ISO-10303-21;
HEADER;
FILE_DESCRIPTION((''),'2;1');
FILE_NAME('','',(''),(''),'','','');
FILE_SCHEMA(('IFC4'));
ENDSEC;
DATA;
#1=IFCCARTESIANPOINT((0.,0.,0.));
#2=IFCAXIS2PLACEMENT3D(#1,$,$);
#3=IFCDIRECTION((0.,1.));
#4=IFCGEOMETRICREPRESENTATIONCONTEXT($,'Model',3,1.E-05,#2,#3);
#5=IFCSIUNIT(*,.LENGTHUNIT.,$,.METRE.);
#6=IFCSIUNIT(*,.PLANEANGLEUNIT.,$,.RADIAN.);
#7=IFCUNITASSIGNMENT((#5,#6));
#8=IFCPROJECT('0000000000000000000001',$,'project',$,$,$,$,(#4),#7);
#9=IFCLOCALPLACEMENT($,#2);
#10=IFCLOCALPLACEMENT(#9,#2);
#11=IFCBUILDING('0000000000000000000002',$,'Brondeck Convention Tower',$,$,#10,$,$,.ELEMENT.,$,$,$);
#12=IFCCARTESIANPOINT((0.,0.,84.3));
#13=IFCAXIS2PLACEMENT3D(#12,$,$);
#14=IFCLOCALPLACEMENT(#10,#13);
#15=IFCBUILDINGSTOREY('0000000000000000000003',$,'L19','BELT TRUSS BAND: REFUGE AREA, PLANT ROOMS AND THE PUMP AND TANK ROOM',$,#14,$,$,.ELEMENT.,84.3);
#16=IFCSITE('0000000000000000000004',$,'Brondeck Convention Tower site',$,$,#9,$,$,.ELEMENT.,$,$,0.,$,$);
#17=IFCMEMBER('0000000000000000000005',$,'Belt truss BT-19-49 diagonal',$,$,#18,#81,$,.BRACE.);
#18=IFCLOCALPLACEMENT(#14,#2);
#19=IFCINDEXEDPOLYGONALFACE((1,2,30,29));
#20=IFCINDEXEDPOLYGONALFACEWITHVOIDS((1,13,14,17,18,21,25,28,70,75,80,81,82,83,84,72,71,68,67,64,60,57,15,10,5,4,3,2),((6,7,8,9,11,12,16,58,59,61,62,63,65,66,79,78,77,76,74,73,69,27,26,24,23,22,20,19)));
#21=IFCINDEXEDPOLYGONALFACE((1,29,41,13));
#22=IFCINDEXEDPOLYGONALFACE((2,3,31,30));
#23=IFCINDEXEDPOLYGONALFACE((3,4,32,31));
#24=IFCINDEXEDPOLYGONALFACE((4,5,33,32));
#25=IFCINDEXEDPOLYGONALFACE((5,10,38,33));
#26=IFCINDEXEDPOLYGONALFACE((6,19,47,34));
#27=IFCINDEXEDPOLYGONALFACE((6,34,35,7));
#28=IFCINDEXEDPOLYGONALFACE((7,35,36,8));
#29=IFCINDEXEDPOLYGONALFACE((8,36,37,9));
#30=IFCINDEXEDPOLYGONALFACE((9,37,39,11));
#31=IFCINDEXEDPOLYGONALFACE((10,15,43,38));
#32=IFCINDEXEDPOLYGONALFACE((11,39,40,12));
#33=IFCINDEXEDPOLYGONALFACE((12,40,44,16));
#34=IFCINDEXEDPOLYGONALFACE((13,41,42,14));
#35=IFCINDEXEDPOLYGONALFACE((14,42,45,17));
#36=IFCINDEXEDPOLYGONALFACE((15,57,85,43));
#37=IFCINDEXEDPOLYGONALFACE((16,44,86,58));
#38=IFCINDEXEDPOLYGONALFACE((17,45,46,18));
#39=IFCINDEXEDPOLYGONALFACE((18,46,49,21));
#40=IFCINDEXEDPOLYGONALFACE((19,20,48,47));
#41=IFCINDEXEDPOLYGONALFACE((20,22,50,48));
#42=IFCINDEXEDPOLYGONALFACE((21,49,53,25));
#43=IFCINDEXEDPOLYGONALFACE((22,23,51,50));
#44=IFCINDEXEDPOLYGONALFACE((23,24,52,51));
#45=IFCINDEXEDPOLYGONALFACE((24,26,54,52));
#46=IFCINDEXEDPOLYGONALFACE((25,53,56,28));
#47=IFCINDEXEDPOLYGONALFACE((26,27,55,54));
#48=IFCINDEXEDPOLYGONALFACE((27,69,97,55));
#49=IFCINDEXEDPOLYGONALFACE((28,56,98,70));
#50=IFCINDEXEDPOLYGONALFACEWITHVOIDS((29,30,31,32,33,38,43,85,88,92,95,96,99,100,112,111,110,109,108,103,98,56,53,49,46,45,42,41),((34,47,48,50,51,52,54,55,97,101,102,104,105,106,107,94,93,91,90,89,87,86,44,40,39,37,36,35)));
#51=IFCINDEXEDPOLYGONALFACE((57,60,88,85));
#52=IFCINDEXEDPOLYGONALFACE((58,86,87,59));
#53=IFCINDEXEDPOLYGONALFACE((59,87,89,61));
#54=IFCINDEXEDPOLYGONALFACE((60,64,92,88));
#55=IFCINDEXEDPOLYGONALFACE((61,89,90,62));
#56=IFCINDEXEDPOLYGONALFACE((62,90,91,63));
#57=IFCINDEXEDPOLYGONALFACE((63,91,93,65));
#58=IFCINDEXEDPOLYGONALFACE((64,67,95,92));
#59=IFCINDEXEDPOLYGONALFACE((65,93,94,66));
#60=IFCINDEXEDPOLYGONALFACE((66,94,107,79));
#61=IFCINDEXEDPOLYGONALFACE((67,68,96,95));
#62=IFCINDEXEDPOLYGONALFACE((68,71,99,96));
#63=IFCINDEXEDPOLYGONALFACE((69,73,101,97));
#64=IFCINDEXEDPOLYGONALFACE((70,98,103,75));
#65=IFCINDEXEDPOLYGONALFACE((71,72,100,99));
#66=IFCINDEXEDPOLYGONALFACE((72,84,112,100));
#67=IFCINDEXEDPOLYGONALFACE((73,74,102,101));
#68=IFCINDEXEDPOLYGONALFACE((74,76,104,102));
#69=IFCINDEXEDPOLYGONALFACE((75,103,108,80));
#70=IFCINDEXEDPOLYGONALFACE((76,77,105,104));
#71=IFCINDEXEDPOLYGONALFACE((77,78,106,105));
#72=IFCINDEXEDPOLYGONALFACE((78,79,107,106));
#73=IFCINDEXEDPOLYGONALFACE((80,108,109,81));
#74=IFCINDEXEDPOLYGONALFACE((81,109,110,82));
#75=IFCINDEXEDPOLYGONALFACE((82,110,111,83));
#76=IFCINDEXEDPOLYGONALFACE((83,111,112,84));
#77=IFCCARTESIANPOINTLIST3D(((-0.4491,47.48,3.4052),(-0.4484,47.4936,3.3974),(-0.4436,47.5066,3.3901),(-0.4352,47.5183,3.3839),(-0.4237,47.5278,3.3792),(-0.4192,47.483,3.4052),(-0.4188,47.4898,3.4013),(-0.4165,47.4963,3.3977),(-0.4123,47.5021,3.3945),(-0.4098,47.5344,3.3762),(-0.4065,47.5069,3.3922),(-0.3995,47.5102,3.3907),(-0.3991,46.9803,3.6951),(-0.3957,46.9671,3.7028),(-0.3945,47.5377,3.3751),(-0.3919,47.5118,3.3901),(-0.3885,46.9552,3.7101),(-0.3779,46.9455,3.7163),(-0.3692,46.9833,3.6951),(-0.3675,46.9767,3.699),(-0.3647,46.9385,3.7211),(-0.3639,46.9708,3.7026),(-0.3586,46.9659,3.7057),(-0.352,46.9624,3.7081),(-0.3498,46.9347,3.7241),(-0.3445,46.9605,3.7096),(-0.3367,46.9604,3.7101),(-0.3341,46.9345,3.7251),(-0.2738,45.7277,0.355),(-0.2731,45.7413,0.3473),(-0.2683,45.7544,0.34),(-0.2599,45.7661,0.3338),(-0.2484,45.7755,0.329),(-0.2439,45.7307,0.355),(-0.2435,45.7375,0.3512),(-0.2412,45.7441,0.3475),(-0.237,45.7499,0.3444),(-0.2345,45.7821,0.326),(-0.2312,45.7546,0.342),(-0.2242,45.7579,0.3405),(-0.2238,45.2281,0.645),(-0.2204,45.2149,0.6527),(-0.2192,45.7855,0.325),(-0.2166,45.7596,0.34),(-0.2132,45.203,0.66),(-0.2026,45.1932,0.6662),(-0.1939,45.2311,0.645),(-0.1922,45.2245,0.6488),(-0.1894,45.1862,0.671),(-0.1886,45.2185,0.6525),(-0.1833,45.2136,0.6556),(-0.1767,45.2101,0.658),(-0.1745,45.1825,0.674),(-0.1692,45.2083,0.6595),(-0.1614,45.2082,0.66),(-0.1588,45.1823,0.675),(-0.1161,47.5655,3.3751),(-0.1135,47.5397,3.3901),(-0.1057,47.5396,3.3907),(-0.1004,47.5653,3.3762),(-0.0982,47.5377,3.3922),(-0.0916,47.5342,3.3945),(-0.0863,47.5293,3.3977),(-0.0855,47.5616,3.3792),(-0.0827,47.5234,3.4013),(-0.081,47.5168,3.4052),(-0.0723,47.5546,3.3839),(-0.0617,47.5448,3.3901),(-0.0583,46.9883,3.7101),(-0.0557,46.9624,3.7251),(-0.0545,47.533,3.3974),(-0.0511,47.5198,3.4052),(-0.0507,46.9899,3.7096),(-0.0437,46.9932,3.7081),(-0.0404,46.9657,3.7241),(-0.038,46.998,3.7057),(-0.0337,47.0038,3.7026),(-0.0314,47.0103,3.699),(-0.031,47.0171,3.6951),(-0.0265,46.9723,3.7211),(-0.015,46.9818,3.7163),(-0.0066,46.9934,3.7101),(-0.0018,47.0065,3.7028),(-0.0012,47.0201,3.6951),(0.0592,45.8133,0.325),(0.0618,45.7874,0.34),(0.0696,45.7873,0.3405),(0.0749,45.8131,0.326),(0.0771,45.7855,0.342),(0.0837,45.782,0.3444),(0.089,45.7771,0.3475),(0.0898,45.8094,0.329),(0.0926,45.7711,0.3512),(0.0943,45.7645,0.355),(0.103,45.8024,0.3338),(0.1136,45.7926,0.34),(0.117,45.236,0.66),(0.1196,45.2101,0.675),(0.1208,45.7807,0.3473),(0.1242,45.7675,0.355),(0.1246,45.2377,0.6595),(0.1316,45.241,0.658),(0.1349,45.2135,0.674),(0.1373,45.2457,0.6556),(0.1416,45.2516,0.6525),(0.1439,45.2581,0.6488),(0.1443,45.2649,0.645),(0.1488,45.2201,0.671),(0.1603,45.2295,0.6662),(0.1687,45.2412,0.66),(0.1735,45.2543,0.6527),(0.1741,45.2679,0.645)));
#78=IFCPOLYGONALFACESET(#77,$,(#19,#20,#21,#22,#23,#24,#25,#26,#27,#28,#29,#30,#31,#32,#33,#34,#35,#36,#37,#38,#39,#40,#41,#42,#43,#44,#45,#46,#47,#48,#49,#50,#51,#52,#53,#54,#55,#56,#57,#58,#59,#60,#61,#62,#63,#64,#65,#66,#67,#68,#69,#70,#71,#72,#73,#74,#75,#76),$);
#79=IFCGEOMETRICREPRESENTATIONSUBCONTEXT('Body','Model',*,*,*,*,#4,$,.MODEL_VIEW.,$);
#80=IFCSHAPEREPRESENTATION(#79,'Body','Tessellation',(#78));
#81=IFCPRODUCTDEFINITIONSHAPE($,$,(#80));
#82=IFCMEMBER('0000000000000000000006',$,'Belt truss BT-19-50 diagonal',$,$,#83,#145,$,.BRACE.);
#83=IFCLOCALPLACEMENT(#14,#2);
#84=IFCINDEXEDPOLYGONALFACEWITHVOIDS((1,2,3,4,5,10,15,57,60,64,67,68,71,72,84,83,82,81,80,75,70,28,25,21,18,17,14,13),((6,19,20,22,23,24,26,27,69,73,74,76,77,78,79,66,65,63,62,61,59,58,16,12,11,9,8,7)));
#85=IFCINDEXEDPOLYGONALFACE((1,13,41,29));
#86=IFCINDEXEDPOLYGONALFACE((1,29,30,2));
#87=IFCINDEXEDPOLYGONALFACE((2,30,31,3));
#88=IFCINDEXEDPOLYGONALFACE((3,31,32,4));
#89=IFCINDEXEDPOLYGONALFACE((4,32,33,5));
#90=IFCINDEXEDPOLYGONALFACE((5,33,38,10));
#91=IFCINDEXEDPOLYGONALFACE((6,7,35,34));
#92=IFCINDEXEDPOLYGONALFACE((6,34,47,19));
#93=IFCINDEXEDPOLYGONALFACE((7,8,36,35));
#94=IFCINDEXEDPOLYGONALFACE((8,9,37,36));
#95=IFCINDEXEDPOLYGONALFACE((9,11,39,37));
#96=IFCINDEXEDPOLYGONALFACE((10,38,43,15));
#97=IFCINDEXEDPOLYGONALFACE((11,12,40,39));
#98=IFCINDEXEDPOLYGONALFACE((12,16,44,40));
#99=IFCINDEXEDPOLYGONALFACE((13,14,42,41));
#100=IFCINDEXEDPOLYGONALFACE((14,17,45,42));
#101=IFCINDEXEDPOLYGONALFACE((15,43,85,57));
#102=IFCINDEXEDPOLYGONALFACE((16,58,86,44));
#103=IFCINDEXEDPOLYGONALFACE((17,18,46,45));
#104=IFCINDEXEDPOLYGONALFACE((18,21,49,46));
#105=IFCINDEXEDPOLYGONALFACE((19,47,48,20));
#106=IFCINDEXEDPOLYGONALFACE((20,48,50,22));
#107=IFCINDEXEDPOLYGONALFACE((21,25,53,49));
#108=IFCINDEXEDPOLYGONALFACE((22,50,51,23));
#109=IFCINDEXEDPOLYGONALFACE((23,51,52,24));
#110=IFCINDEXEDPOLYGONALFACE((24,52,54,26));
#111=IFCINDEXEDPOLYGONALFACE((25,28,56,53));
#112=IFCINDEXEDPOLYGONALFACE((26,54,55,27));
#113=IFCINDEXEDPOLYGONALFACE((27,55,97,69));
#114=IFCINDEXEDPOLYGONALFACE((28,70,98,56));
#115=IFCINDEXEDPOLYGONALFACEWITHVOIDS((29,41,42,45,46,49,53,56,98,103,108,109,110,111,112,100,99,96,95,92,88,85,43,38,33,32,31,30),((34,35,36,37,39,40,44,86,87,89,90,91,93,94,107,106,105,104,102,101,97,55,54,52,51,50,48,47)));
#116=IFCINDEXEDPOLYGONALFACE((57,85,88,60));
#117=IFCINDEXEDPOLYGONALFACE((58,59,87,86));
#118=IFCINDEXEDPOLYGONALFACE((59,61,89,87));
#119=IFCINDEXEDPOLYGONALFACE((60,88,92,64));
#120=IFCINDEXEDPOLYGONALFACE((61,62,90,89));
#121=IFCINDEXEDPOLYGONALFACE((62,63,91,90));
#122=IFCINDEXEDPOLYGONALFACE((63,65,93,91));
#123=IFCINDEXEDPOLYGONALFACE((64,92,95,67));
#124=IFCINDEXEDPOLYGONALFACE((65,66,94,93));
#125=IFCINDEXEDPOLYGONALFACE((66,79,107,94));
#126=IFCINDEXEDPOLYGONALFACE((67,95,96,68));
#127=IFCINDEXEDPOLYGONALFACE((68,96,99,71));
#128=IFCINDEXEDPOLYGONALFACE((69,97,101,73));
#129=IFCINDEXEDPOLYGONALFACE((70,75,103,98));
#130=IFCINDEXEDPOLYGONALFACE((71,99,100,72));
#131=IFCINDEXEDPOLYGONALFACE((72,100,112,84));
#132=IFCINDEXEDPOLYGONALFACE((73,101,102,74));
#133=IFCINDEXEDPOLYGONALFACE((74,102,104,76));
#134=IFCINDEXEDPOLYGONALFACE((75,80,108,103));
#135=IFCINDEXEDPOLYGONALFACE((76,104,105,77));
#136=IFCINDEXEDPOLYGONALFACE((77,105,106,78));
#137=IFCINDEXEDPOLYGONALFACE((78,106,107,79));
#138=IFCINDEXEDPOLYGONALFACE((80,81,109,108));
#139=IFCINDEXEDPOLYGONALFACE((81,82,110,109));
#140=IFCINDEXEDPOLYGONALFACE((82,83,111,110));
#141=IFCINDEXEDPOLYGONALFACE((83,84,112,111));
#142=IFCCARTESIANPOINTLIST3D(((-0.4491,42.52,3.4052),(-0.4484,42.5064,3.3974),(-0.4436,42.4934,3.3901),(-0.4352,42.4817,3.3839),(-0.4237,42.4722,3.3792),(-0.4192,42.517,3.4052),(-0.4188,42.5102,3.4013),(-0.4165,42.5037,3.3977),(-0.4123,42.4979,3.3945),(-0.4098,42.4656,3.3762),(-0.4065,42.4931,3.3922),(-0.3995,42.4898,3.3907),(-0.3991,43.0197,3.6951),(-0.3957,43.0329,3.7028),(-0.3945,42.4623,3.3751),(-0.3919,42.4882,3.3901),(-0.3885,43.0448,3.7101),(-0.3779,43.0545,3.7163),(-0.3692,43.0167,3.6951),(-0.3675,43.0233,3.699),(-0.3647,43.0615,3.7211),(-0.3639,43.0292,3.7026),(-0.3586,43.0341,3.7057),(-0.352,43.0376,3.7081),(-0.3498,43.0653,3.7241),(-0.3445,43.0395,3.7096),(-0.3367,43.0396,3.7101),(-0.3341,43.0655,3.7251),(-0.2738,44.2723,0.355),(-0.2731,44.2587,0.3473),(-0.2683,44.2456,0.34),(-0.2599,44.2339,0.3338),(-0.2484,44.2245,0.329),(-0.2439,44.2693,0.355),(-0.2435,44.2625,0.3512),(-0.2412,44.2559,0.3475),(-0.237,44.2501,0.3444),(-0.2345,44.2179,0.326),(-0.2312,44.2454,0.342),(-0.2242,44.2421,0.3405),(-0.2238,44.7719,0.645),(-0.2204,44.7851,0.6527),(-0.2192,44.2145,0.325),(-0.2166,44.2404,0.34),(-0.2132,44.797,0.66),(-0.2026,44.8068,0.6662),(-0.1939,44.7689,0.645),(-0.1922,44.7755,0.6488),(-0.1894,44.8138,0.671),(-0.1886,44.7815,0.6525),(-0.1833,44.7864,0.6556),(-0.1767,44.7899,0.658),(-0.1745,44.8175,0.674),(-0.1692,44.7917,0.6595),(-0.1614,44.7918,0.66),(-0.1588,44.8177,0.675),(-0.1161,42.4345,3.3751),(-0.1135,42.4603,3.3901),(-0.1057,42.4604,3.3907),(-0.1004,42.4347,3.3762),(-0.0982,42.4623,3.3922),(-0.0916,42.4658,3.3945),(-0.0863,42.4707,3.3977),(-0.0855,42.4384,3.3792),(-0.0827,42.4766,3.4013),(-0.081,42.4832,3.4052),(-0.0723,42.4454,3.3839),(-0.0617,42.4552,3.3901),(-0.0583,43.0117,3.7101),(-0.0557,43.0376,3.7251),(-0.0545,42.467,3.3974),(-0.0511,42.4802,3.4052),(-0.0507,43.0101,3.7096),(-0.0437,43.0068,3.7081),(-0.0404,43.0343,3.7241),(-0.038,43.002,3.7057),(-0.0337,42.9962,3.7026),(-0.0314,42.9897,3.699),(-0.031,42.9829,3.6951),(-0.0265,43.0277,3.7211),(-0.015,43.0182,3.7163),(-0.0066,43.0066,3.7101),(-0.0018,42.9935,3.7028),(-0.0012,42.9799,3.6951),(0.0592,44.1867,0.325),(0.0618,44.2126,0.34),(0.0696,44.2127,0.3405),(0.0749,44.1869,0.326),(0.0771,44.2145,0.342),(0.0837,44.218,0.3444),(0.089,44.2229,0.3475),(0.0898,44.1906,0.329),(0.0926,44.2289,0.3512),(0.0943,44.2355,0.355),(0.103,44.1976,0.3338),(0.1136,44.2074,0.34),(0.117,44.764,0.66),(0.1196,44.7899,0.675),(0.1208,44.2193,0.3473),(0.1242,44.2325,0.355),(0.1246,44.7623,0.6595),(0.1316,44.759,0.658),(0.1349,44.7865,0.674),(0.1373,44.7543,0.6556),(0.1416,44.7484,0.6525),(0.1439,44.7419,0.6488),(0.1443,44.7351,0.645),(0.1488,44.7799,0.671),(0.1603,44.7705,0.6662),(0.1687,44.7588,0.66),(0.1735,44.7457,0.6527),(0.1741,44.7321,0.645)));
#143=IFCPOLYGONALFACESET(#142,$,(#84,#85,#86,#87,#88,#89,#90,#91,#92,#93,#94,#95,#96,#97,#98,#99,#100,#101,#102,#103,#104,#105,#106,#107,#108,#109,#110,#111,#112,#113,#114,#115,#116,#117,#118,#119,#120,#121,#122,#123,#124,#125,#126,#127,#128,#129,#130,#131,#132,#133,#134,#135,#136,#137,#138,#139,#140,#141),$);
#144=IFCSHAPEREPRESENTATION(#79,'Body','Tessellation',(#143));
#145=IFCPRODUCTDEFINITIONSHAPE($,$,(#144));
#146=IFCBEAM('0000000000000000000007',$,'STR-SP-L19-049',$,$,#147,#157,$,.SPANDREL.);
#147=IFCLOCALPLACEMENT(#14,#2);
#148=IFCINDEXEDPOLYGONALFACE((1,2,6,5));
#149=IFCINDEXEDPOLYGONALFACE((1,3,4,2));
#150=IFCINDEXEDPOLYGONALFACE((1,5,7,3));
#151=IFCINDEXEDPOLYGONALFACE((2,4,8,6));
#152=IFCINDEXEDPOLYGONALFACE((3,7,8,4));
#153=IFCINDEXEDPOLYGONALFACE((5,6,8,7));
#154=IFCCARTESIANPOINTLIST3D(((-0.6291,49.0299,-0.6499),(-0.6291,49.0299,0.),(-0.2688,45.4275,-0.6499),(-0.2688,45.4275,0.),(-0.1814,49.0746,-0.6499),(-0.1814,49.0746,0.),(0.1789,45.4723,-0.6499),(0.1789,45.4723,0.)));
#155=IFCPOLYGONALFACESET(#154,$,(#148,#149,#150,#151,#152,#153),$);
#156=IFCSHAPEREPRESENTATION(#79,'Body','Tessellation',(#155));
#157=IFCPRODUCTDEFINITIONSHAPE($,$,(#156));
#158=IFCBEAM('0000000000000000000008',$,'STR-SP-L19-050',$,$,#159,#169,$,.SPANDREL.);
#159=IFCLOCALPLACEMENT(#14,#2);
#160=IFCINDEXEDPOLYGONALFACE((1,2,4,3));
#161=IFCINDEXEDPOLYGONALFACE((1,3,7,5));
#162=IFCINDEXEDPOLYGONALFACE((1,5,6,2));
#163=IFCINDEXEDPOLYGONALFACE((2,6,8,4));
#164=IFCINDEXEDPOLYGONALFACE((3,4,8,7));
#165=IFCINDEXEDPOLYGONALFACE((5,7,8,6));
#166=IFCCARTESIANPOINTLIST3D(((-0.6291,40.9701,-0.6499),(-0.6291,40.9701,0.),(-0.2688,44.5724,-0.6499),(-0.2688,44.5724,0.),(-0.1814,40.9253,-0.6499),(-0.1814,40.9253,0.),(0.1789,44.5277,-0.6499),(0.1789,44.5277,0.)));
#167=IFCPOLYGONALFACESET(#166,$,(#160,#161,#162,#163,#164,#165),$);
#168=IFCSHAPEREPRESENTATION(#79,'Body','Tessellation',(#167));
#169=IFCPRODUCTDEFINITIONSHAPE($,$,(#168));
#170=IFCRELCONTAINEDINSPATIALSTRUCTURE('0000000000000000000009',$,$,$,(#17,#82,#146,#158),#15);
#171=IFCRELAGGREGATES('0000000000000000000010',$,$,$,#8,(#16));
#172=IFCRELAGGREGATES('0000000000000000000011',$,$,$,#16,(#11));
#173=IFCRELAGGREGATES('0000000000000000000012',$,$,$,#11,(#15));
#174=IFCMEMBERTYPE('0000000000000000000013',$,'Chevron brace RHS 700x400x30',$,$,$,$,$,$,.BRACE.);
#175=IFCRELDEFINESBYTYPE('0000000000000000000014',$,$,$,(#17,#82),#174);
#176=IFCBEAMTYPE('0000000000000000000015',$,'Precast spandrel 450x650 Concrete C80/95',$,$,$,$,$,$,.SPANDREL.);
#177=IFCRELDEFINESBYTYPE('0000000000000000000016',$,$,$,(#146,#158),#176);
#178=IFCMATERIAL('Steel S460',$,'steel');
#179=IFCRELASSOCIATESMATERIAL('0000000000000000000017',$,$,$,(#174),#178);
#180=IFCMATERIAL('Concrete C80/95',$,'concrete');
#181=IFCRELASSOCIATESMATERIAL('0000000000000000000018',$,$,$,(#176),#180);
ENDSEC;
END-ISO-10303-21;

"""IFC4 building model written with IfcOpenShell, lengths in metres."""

from ifc_helpers import new_model, si_unit, direction, frame, origin, origin_2d, place, context, subcontext, project, spatial, rectangle, hollow_rectangle, extrude, material, material_profile, profile_set, type_object, element, save


model = new_model("IFC4")

# Units and contexts
model_context = context("Model", 3, precision=1e-05, world=origin(), true_north=direction((0.0, 1.0)))
body_context = subcontext(model_context, "Body", "Model", "MODEL_VIEW")
ifc_project = project(units=[si_unit("LENGTHUNIT", "METRE"), si_unit("PLANEANGLEUNIT", "RADIAN")], contexts=[model_context])

# Site, building, storey
site_placement = place(None, origin())
site = spatial("IfcSite", under=ifc_project, at=site_placement, Name="Brondeck Convention Tower site", CompositionType="ELEMENT", RefElevation=0.0)
building_placement = place(site_placement, origin())
building = spatial("IfcBuilding", under=site, at=building_placement, Name="Brondeck Convention Tower", CompositionType="ELEMENT")
storey_placement = place(building_placement, frame((0.0, 0.0, 84.3)))
storey = spatial("IfcBuildingStorey", under=building, at=storey_placement, Name="L19", Description="BELT TRUSS BAND: REFUGE AREA, PLANT ROOMS AND THE PUMP AND TANK ROOM", CompositionType="ELEMENT", Elevation=84.3)

# Shared definitions
ifc_material_1 = material(Name="Concrete C80/95", Category="concrete")

# Members
ifc_material_2 = material(Name="Steel S460", Category="steel")
ifc_material_profile_1 = material_profile(ifc_material_2, hollow_rectangle(XDim=0.3999, YDim=0.7, WallThickness=0.03, InnerFilletRadius=0.03, OuterFilletRadius=0.0601, at=origin_2d()), Name="RHS 700x400x30")
ifc_profile_set_1 = profile_set([ifc_material_profile_1], Name="Steel S460")
member_type_1 = type_object("IfcMemberType", Name="Chevron brace RHS 700x400x30", PredefinedType="BRACE", material=ifc_profile_set_1)
for number, where, z_axis, x_axis, name in (
    (1, (-0.0498, 45.4978, 0.5), (-0.049772, 0.497516, 0.866026), (-0.995033, -0.099545, 0.0), "Belt truss BT-19-49 diagonal"),
    (2, (-0.0498, 44.5022, 0.5), (-0.049772, -0.497516, 0.866026), (0.995033, -0.099545, 0.0), "Belt truss BT-19-50 diagonal"),
):
    element("IfcMember", number, at=place(storey_placement, frame(where, z_axis=z_axis, x_axis=x_axis)), inside=storey, type_object=member_type_1, Name=name, PredefinedType="BRACE", context=body_context, shape_type="SweptSolid", body=[
        extrude(hollow_rectangle(XDim=0.3999, YDim=0.7, WallThickness=0.03, InnerFilletRadius=0.03, OuterFilletRadius=0.0601, at=origin_2d()), origin(), (0.0, 0.0, 1.0), 3.522),
    ])

# Beams
ifc_material_profile_2 = material_profile(ifc_material_1, rectangle(XDim=0.45, YDim=0.6499, at=origin_2d()), Name="Precast spandrel 450x650 Concrete C80/95")
ifc_profile_set_2 = profile_set([ifc_material_profile_2], Name="Concrete C80/95")
beam_type = type_object("IfcBeamType", Name="Precast spandrel 450x650 Concrete C80/95", PredefinedType="SPANDREL", material=ifc_profile_set_2)
for number, where, z_axis, x_axis, name in (
    (3, (-0.4053, 49.0522, -0.325), (0.099537, -0.995034, 0.0), (0.995034, 0.099537, 0.0), "STR-SP-L19-049"),
    (4, (-0.0449, 44.55, -0.325), (-0.099537, -0.995034, 0.0), (0.995034, -0.099537, 0.0), "STR-SP-L19-050"),
):
    element("IfcBeam", number, at=place(storey_placement, frame(where, z_axis=z_axis, x_axis=x_axis)), inside=storey, type_object=beam_type, Name=name, PredefinedType="SPANDREL", context=body_context, shape_type="SweptSolid", body=[
        extrude(rectangle(XDim=0.45, YDim=0.6499, at=origin_2d()), origin(), (0.0, 0.0, 1.0), 3.6204),
    ])

save(model, "model.ifc")
